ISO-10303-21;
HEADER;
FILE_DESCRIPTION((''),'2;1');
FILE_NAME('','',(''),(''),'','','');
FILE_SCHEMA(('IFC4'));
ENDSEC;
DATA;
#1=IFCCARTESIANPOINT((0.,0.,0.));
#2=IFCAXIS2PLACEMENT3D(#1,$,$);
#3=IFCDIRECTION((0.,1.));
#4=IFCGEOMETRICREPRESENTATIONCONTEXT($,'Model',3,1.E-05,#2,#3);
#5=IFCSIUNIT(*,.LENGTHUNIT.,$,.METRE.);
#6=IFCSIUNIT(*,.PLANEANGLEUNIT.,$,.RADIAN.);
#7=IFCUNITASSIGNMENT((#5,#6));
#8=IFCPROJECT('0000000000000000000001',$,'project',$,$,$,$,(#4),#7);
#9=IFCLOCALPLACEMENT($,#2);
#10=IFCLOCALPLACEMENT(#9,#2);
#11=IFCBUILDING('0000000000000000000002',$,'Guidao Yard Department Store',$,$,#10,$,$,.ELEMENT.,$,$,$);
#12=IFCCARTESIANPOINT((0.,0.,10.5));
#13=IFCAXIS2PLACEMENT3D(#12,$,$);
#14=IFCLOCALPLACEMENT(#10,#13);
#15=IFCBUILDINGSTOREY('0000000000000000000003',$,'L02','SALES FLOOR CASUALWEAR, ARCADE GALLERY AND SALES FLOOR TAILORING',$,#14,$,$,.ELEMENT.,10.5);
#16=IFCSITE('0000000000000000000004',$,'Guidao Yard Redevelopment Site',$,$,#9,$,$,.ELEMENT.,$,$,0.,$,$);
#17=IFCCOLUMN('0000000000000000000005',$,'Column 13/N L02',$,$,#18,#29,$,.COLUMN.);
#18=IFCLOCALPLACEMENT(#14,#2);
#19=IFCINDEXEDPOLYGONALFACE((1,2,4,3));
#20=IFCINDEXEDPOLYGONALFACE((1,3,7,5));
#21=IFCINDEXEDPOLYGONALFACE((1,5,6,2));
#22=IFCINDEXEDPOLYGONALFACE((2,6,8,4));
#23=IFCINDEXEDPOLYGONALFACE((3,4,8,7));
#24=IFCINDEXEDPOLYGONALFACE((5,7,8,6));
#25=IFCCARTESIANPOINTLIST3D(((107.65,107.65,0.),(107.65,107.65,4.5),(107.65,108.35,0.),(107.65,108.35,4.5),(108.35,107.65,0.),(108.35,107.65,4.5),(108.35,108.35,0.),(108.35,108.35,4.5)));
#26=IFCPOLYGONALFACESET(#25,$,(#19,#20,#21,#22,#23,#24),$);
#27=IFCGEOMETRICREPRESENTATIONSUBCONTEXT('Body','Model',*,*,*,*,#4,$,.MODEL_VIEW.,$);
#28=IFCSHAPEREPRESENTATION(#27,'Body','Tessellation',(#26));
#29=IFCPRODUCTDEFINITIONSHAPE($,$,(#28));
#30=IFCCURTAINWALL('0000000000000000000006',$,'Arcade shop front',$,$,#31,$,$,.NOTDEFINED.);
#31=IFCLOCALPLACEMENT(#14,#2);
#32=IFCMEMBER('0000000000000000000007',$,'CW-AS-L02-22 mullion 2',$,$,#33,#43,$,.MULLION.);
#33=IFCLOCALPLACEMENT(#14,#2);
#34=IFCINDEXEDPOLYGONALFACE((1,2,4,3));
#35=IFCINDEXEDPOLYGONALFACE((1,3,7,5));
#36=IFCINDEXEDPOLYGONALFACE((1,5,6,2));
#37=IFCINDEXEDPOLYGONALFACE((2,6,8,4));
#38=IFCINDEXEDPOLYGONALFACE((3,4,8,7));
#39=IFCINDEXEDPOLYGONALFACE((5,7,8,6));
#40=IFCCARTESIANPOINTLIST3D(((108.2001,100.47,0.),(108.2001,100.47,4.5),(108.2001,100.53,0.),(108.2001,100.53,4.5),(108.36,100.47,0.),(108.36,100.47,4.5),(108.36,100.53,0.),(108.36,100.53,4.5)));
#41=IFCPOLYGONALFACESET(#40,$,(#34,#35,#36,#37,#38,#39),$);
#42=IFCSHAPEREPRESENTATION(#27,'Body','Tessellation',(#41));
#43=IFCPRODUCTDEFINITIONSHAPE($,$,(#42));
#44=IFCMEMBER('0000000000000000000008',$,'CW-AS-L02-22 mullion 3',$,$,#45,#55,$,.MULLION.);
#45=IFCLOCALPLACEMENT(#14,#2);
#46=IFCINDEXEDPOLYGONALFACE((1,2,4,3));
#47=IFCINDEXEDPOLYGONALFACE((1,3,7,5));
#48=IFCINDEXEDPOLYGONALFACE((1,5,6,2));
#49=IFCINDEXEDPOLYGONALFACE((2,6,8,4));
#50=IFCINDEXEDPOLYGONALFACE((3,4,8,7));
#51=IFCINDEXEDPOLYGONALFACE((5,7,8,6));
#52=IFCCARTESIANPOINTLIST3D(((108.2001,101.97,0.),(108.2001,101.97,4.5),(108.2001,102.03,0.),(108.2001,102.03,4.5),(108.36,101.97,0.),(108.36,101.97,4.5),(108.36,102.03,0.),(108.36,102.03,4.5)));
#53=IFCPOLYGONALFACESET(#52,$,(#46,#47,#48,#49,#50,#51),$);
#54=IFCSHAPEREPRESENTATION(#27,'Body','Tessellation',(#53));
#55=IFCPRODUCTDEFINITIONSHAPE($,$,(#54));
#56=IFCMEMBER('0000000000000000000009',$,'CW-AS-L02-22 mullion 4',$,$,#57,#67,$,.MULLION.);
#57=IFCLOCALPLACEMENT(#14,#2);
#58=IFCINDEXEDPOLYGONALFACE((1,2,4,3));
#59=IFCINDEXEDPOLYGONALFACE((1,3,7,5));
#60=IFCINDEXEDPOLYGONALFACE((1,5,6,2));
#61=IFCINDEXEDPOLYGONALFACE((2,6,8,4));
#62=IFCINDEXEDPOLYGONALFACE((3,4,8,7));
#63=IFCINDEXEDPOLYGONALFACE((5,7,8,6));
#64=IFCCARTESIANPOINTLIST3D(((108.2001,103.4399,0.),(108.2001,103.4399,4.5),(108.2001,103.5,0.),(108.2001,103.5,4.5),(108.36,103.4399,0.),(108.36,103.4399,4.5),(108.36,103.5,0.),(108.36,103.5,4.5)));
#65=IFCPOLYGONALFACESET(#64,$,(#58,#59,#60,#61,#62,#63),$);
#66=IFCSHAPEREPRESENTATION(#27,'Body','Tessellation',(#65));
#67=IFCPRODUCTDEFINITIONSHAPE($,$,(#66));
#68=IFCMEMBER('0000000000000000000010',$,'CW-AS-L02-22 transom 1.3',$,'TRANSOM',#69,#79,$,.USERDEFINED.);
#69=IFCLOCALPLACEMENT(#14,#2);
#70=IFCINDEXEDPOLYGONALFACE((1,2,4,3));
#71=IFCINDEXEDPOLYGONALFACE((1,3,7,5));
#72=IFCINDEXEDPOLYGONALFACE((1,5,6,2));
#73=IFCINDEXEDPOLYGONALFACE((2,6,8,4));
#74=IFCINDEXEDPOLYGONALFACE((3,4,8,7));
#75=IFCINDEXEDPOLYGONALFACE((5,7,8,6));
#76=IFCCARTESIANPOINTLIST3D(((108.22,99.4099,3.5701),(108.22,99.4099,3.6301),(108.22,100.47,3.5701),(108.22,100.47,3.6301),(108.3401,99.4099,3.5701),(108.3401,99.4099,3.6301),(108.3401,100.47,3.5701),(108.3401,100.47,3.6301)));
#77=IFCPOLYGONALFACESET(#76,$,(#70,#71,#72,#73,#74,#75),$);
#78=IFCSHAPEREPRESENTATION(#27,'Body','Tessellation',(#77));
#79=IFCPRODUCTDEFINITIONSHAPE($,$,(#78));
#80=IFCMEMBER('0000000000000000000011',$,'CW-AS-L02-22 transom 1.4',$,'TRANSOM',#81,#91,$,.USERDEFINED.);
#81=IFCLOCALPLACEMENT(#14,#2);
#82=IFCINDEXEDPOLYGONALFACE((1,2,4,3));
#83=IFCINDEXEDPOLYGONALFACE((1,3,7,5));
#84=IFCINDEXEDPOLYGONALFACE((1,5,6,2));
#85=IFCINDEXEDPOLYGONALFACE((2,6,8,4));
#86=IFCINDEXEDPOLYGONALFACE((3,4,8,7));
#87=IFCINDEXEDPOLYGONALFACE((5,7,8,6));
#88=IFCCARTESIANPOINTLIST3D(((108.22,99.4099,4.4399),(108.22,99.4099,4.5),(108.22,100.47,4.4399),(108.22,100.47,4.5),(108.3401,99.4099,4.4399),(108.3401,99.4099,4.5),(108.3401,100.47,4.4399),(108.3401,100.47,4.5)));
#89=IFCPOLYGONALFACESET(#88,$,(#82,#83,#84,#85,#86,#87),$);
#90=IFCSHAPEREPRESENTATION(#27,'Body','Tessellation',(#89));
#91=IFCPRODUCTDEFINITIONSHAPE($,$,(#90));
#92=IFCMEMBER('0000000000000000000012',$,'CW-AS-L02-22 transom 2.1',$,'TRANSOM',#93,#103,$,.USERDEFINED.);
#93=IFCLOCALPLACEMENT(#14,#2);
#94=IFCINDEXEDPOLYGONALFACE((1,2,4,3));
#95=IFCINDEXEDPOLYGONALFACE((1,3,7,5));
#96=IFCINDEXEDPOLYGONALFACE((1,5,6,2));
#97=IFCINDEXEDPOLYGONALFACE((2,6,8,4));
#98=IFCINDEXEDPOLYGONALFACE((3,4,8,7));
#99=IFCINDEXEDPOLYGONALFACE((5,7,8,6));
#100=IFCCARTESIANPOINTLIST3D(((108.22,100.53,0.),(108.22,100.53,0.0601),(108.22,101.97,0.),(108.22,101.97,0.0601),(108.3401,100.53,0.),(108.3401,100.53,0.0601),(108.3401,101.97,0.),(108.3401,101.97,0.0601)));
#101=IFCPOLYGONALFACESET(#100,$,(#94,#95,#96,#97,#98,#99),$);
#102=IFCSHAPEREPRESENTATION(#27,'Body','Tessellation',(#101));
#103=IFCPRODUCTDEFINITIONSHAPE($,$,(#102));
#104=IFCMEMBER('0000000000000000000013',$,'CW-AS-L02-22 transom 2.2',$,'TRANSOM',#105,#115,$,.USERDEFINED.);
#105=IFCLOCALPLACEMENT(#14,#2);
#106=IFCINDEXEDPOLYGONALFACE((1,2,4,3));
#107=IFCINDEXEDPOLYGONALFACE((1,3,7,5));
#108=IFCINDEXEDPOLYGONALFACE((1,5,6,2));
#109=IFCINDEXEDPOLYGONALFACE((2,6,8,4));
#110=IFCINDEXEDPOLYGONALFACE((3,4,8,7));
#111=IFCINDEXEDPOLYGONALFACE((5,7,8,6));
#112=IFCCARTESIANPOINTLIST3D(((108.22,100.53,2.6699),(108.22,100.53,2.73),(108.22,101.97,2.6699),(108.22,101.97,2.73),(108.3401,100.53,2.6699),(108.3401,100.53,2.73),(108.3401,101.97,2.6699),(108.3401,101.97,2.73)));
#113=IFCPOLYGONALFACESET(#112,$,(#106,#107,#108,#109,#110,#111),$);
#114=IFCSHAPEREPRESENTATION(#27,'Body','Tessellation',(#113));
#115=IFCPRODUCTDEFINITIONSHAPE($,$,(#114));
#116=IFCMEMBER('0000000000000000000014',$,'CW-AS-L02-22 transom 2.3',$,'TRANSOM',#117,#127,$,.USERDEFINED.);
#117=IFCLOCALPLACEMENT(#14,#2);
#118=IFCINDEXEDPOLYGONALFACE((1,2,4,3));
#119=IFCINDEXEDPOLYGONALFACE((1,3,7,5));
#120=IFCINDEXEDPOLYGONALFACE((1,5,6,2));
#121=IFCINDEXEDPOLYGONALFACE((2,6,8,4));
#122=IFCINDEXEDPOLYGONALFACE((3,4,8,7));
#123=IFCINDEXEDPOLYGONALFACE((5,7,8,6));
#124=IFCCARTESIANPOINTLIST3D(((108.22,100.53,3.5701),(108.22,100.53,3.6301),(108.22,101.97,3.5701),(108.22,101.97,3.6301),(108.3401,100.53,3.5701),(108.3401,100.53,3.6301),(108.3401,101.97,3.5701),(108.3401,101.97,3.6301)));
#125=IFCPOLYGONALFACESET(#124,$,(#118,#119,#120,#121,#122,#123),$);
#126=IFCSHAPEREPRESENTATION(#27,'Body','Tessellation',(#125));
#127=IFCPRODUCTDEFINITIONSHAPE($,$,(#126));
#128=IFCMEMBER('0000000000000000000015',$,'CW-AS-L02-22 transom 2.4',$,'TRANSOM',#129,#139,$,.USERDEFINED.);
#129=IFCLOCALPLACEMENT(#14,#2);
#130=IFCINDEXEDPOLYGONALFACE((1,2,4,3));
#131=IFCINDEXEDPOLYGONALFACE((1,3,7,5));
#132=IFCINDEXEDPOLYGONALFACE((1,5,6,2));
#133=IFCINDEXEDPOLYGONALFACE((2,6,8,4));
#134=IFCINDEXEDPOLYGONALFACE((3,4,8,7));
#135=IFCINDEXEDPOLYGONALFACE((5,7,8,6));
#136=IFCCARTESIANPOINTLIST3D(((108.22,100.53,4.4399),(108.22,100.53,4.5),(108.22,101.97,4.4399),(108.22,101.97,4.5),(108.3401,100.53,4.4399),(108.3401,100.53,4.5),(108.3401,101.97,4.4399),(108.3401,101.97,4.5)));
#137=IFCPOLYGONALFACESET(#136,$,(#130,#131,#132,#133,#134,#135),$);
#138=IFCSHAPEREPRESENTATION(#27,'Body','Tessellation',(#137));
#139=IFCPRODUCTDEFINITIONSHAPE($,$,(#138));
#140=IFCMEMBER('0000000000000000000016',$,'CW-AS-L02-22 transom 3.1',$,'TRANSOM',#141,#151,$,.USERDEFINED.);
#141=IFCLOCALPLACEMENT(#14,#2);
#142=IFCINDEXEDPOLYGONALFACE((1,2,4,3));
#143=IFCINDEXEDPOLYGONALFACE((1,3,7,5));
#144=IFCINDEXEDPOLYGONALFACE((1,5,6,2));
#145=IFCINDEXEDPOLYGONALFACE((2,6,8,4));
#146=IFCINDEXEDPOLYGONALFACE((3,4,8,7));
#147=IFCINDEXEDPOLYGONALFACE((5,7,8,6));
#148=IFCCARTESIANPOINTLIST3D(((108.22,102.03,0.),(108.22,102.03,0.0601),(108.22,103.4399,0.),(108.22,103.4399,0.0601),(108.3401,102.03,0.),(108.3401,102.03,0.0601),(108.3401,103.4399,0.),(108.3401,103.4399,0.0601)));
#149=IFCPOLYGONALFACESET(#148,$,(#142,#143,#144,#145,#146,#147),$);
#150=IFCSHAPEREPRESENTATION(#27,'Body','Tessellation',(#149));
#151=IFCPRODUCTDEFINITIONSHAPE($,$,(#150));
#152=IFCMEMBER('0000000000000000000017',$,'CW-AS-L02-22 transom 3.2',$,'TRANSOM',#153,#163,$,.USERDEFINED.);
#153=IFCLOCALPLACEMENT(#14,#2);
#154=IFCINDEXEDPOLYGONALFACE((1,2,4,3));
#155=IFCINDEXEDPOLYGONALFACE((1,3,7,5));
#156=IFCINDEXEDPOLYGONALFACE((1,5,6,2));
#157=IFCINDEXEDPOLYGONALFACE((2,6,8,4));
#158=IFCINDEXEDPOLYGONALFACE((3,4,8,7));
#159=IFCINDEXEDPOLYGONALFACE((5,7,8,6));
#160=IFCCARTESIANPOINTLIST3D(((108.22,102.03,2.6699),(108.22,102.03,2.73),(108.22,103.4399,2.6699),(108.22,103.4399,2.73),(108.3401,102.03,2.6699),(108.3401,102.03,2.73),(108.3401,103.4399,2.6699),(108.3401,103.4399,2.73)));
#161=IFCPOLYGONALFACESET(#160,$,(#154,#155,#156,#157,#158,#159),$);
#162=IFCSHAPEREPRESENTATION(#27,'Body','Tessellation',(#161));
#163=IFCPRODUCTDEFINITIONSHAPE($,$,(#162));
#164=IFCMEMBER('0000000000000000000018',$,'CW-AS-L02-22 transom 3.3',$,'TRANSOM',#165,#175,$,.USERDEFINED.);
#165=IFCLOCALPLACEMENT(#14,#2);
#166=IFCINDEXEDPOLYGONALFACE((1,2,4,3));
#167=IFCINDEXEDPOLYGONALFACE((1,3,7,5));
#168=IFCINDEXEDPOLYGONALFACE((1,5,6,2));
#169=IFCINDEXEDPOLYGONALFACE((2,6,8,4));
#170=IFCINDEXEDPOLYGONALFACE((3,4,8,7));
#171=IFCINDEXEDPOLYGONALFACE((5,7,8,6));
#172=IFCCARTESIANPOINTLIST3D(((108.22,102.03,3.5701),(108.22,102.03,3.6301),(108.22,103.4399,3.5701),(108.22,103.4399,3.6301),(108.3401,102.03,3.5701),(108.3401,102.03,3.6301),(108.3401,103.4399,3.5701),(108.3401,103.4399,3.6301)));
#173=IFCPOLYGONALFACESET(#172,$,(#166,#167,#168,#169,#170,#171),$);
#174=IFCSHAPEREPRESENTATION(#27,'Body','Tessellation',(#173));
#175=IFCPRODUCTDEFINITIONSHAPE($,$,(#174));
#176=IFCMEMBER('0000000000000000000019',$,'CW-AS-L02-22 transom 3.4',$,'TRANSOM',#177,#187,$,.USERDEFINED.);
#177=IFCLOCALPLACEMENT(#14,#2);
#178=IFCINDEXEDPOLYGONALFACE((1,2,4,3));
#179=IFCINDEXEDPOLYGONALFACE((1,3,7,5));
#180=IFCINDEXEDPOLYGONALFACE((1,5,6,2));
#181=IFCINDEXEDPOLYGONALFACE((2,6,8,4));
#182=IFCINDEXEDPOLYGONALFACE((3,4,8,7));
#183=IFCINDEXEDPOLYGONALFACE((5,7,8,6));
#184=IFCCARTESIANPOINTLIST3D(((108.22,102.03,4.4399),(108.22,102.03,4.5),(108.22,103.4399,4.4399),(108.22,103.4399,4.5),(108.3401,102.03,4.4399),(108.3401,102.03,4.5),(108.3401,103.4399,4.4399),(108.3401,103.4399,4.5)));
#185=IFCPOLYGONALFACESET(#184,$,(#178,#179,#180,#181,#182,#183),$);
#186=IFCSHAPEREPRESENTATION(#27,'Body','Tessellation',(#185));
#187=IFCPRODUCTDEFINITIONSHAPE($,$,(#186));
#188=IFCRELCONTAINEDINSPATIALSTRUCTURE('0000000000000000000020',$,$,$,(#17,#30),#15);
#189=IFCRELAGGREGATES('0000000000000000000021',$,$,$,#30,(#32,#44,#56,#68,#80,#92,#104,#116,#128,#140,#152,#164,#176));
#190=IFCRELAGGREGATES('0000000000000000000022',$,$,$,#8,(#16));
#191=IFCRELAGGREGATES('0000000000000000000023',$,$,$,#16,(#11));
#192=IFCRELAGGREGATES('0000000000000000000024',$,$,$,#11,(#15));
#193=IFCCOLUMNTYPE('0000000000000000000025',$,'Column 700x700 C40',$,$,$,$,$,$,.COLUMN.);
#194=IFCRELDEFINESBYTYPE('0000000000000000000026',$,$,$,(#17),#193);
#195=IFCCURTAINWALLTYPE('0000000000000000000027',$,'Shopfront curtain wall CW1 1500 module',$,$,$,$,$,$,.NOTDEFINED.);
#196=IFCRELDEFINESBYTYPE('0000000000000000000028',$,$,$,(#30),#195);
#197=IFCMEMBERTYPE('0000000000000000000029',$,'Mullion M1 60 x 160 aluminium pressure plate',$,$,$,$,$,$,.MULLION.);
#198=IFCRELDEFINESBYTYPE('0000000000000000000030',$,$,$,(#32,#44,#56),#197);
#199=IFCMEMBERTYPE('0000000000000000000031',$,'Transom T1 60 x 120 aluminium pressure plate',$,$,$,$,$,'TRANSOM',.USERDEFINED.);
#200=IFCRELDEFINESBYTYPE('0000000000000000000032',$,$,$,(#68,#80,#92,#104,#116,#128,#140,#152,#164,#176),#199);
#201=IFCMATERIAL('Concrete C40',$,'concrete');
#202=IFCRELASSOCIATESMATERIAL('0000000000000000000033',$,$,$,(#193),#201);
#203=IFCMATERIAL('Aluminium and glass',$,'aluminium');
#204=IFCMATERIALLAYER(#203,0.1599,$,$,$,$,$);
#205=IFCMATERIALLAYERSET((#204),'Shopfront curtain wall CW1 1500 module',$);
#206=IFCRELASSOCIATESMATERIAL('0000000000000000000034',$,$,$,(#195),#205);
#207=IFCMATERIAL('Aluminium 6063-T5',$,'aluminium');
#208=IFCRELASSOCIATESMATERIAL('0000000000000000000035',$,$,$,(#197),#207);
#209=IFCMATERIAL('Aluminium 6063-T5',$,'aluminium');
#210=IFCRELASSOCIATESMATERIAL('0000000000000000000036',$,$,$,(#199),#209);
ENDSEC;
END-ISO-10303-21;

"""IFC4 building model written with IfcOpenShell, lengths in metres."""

from ifc_helpers import new_model, si_unit, direction, frame, origin, origin_2d, place, context, subcontext, project, spatial, rectangle, extrude, material, layer, layer_set, material_profile, profile_set, type_object, element, aggregate, save


model = new_model("IFC4")

# Units and contexts
model_context = context("Model", 3, precision=1e-05, world=origin(), true_north=direction((0.0, 1.0)))
body_context = subcontext(model_context, "Body", "Model", "MODEL_VIEW")
ifc_project = project(units=[si_unit("LENGTHUNIT", "METRE"), si_unit("PLANEANGLEUNIT", "RADIAN")], contexts=[model_context])

# Site, building, storey
site_placement = place(None, origin())
site = spatial("IfcSite", under=ifc_project, at=site_placement, Name="Guidao Yard Redevelopment Site", CompositionType="ELEMENT", RefElevation=0.0)
building_placement = place(site_placement, origin())
building = spatial("IfcBuilding", under=site, at=building_placement, Name="Guidao Yard Department Store", CompositionType="ELEMENT")
storey_placement = place(building_placement, frame((0.0, 0.0, 10.5)))
storey = spatial("IfcBuildingStorey", under=building, at=storey_placement, Name="L02", Description="SALES FLOOR CASUALWEAR, ARCADE GALLERY AND SALES FLOOR TAILORING", CompositionType="ELEMENT", Elevation=10.5)

# Column
ifc_material_1 = material(Name="Concrete C40", Category="concrete")
ifc_material_profile_1 = material_profile(ifc_material_1, rectangle(XDim=0.7, YDim=0.7, at=origin_2d()), Name="COL 700x700")
ifc_profile_set_1 = profile_set([ifc_material_profile_1], Name="Concrete C40")
column_type = type_object("IfcColumnType", Name="Column 700x700 C40", PredefinedType="COLUMN", material=ifc_profile_set_1)
column_placement = place(storey_placement, frame((108.0, 108.0, 0.0), z_axis=(0.0, 0.0, 1.0), x_axis=(1.0, 0.0, 0.0)))
element("IfcColumn", 1, at=column_placement, inside=storey, type_object=column_type, Name="Column 13/N L02", PredefinedType="COLUMN", context=body_context, shape_type="SweptSolid", body=[
    extrude(rectangle(XDim=0.7, YDim=0.7, at=origin_2d()), origin(), (0.0, 0.0, 1.0), 4.5),
])

# Curtain wall, members
ifc_material_2 = material(Name="Aluminium and glass", Category="aluminium")
ifc_layer_1 = layer(ifc_material_2, 0.1599)
ifc_layer_set_1 = layer_set([ifc_layer_1], Name="Shopfront curtain wall CW1 1500 module")
curtain_wall_type = type_object("IfcCurtainWallType", Name="Shopfront curtain wall CW1 1500 module", PredefinedType="NOTDEFINED", material=ifc_layer_set_1)
curtain_wall_placement = place(storey_placement, origin())
curtain_wall = element("IfcCurtainWall", 2, at=curtain_wall_placement, inside=storey, type_object=curtain_wall_type, Name="Arcade shop front", PredefinedType="NOTDEFINED")
ifc_material_3 = material(Name="Aluminium 6063-T5", Category="aluminium")
ifc_material_profile_2 = material_profile(ifc_material_3, rectangle(XDim=0.0601, YDim=0.1599, at=origin_2d()), Name="Mullion M1 60 x 160 aluminium pressure plate")
ifc_profile_set_2 = profile_set([ifc_material_profile_2], Name="Aluminium 6063-T5")
member_type_1 = type_object("IfcMemberType", Name="Mullion M1 60 x 160 aluminium pressure plate", PredefinedType="MULLION", material=ifc_profile_set_2)
member_1_placement = place(storey_placement, frame((108.28, 100.5, 0.0), z_axis=(0.0, 0.0, 1.0), x_axis=(0.0, -1.0, 0.0)))
member_1 = element("IfcMember", 3, at=member_1_placement, type_object=member_type_1, Name="CW-AS-L02-22 mullion 2", PredefinedType="MULLION", context=body_context, shape_type="SweptSolid", body=[
    extrude(rectangle(XDim=0.0601, YDim=0.1599, at=origin_2d()), origin(), (0.0, 0.0, 1.0), 4.5),
])
member_2_placement = place(storey_placement, frame((108.28, 102.0, 0.0), z_axis=(0.0, 0.0, 1.0), x_axis=(0.0, -1.0, 0.0)))
member_2 = element("IfcMember", 4, at=member_2_placement, type_object=member_type_1, Name="CW-AS-L02-22 mullion 3", PredefinedType="MULLION", context=body_context, shape_type="SweptSolid", body=[
    extrude(rectangle(XDim=0.0601, YDim=0.1599, at=origin_2d()), origin(), (0.0, 0.0, 1.0), 4.5),
])
member_3_placement = place(storey_placement, frame((108.28, 103.47, 0.0), z_axis=(0.0, 0.0, 1.0), x_axis=(0.0, -1.0, 0.0)))
member_3 = element("IfcMember", 5, at=member_3_placement, type_object=member_type_1, Name="CW-AS-L02-22 mullion 4", PredefinedType="MULLION", context=body_context, shape_type="SweptSolid", body=[
    extrude(rectangle(XDim=0.0601, YDim=0.1599, at=origin_2d()), origin(), (0.0, 0.0, 1.0), 4.5),
])
ifc_material_4 = material(Name="Aluminium 6063-T5", Category="aluminium")
ifc_material_profile_3 = material_profile(ifc_material_4, rectangle(XDim=0.1201, YDim=0.0601, at=origin_2d()), Name="Transom T1 60 x 120 aluminium pressure plate")
ifc_profile_set_3 = profile_set([ifc_material_profile_3], Name="Aluminium 6063-T5")
member_type_2 = type_object("IfcMemberType", Name="Transom T1 60 x 120 aluminium pressure plate", ElementType="TRANSOM", PredefinedType="USERDEFINED", material=ifc_profile_set_3)
member_4_placement = place(storey_placement, frame((108.28, 100.47, 3.6001), z_axis=(0.0, -1.0, 0.0), x_axis=(1.0, 0.0, 0.0)))
member_4 = element("IfcMember", 6, at=member_4_placement, type_object=member_type_2, Name="CW-AS-L02-22 transom 1.3", ObjectType="TRANSOM", PredefinedType="USERDEFINED", context=body_context, shape_type="SweptSolid", body=[
    extrude(rectangle(XDim=0.1201, YDim=0.0601, at=origin_2d()), origin(), (0.0, 0.0, 1.0), 1.0601),
])
member_5_placement = place(storey_placement, frame((108.28, 100.47, 4.47), z_axis=(0.0, -1.0, 0.0), x_axis=(1.0, 0.0, 0.0)))
member_5 = element("IfcMember", 7, at=member_5_placement, type_object=member_type_2, Name="CW-AS-L02-22 transom 1.4", ObjectType="TRANSOM", PredefinedType="USERDEFINED", context=body_context, shape_type="SweptSolid", body=[
    extrude(rectangle(XDim=0.1201, YDim=0.0601, at=origin_2d()), origin(), (0.0, 0.0, 1.0), 1.0601),
])
member_6_placement = place(storey_placement, frame((108.28, 101.97, 0.03), z_axis=(0.0, -1.0, 0.0), x_axis=(1.0, 0.0, 0.0)))
member_6 = element("IfcMember", 8, at=member_6_placement, type_object=member_type_2, Name="CW-AS-L02-22 transom 2.1", ObjectType="TRANSOM", PredefinedType="USERDEFINED", context=body_context, shape_type="SweptSolid", body=[
    extrude(rectangle(XDim=0.1201, YDim=0.0601, at=origin_2d()), origin(), (0.0, 0.0, 1.0), 1.4399),
])
member_7_placement = place(storey_placement, frame((108.28, 101.97, 2.7), z_axis=(0.0, -1.0, 0.0), x_axis=(1.0, 0.0, 0.0)))
member_7 = element("IfcMember", 9, at=member_7_placement, type_object=member_type_2, Name="CW-AS-L02-22 transom 2.2", ObjectType="TRANSOM", PredefinedType="USERDEFINED", context=body_context, shape_type="SweptSolid", body=[
    extrude(rectangle(XDim=0.1201, YDim=0.0601, at=origin_2d()), origin(), (0.0, 0.0, 1.0), 1.4399),
])
member_8_placement = place(storey_placement, frame((108.28, 101.97, 3.6001), z_axis=(0.0, -1.0, 0.0), x_axis=(1.0, 0.0, 0.0)))
member_8 = element("IfcMember", 10, at=member_8_placement, type_object=member_type_2, Name="CW-AS-L02-22 transom 2.3", ObjectType="TRANSOM", PredefinedType="USERDEFINED", context=body_context, shape_type="SweptSolid", body=[
    extrude(rectangle(XDim=0.1201, YDim=0.0601, at=origin_2d()), origin(), (0.0, 0.0, 1.0), 1.4399),
])
member_9_placement = place(storey_placement, frame((108.28, 101.97, 4.47), z_axis=(0.0, -1.0, 0.0), x_axis=(1.0, 0.0, 0.0)))
member_9 = element("IfcMember", 11, at=member_9_placement, type_object=member_type_2, Name="CW-AS-L02-22 transom 2.4", ObjectType="TRANSOM", PredefinedType="USERDEFINED", context=body_context, shape_type="SweptSolid", body=[
    extrude(rectangle(XDim=0.1201, YDim=0.0601, at=origin_2d()), origin(), (0.0, 0.0, 1.0), 1.4399),
])
member_10_placement = place(storey_placement, frame((108.28, 103.4399, 0.03), z_axis=(0.0, -1.0, 0.0), x_axis=(1.0, 0.0, 0.0)))
member_10 = element("IfcMember", 12, at=member_10_placement, type_object=member_type_2, Name="CW-AS-L02-22 transom 3.1", ObjectType="TRANSOM", PredefinedType="USERDEFINED", context=body_context, shape_type="SweptSolid", body=[
    extrude(rectangle(XDim=0.1201, YDim=0.0601, at=origin_2d()), origin(), (0.0, 0.0, 1.0), 1.4099),
])
member_11_placement = place(storey_placement, frame((108.28, 103.4399, 2.7), z_axis=(0.0, -1.0, 0.0), x_axis=(1.0, 0.0, 0.0)))
member_11 = element("IfcMember", 13, at=member_11_placement, type_object=member_type_2, Name="CW-AS-L02-22 transom 3.2", ObjectType="TRANSOM", PredefinedType="USERDEFINED", context=body_context, shape_type="SweptSolid", body=[
    extrude(rectangle(XDim=0.1201, YDim=0.0601, at=origin_2d()), origin(), (0.0, 0.0, 1.0), 1.4099),
])
member_12_placement = place(storey_placement, frame((108.28, 103.4399, 3.6001), z_axis=(0.0, -1.0, 0.0), x_axis=(1.0, 0.0, 0.0)))
member_12 = element("IfcMember", 14, at=member_12_placement, type_object=member_type_2, Name="CW-AS-L02-22 transom 3.3", ObjectType="TRANSOM", PredefinedType="USERDEFINED", context=body_context, shape_type="SweptSolid", body=[
    extrude(rectangle(XDim=0.1201, YDim=0.0601, at=origin_2d()), origin(), (0.0, 0.0, 1.0), 1.4099),
])
member_13_placement = place(storey_placement, frame((108.28, 103.4399, 4.47), z_axis=(0.0, -1.0, 0.0), x_axis=(1.0, 0.0, 0.0)))
member_13 = element("IfcMember", 15, at=member_13_placement, type_object=member_type_2, Name="CW-AS-L02-22 transom 3.4", ObjectType="TRANSOM", PredefinedType="USERDEFINED", context=body_context, shape_type="SweptSolid", body=[
    extrude(rectangle(XDim=0.1201, YDim=0.0601, at=origin_2d()), origin(), (0.0, 0.0, 1.0), 1.4099),
])
aggregate(curtain_wall, [member_1, member_2, member_3, member_4, member_5, member_6, member_7, member_8, member_9, member_10, member_11, member_12, member_13])

save(model, "model.ifc")
